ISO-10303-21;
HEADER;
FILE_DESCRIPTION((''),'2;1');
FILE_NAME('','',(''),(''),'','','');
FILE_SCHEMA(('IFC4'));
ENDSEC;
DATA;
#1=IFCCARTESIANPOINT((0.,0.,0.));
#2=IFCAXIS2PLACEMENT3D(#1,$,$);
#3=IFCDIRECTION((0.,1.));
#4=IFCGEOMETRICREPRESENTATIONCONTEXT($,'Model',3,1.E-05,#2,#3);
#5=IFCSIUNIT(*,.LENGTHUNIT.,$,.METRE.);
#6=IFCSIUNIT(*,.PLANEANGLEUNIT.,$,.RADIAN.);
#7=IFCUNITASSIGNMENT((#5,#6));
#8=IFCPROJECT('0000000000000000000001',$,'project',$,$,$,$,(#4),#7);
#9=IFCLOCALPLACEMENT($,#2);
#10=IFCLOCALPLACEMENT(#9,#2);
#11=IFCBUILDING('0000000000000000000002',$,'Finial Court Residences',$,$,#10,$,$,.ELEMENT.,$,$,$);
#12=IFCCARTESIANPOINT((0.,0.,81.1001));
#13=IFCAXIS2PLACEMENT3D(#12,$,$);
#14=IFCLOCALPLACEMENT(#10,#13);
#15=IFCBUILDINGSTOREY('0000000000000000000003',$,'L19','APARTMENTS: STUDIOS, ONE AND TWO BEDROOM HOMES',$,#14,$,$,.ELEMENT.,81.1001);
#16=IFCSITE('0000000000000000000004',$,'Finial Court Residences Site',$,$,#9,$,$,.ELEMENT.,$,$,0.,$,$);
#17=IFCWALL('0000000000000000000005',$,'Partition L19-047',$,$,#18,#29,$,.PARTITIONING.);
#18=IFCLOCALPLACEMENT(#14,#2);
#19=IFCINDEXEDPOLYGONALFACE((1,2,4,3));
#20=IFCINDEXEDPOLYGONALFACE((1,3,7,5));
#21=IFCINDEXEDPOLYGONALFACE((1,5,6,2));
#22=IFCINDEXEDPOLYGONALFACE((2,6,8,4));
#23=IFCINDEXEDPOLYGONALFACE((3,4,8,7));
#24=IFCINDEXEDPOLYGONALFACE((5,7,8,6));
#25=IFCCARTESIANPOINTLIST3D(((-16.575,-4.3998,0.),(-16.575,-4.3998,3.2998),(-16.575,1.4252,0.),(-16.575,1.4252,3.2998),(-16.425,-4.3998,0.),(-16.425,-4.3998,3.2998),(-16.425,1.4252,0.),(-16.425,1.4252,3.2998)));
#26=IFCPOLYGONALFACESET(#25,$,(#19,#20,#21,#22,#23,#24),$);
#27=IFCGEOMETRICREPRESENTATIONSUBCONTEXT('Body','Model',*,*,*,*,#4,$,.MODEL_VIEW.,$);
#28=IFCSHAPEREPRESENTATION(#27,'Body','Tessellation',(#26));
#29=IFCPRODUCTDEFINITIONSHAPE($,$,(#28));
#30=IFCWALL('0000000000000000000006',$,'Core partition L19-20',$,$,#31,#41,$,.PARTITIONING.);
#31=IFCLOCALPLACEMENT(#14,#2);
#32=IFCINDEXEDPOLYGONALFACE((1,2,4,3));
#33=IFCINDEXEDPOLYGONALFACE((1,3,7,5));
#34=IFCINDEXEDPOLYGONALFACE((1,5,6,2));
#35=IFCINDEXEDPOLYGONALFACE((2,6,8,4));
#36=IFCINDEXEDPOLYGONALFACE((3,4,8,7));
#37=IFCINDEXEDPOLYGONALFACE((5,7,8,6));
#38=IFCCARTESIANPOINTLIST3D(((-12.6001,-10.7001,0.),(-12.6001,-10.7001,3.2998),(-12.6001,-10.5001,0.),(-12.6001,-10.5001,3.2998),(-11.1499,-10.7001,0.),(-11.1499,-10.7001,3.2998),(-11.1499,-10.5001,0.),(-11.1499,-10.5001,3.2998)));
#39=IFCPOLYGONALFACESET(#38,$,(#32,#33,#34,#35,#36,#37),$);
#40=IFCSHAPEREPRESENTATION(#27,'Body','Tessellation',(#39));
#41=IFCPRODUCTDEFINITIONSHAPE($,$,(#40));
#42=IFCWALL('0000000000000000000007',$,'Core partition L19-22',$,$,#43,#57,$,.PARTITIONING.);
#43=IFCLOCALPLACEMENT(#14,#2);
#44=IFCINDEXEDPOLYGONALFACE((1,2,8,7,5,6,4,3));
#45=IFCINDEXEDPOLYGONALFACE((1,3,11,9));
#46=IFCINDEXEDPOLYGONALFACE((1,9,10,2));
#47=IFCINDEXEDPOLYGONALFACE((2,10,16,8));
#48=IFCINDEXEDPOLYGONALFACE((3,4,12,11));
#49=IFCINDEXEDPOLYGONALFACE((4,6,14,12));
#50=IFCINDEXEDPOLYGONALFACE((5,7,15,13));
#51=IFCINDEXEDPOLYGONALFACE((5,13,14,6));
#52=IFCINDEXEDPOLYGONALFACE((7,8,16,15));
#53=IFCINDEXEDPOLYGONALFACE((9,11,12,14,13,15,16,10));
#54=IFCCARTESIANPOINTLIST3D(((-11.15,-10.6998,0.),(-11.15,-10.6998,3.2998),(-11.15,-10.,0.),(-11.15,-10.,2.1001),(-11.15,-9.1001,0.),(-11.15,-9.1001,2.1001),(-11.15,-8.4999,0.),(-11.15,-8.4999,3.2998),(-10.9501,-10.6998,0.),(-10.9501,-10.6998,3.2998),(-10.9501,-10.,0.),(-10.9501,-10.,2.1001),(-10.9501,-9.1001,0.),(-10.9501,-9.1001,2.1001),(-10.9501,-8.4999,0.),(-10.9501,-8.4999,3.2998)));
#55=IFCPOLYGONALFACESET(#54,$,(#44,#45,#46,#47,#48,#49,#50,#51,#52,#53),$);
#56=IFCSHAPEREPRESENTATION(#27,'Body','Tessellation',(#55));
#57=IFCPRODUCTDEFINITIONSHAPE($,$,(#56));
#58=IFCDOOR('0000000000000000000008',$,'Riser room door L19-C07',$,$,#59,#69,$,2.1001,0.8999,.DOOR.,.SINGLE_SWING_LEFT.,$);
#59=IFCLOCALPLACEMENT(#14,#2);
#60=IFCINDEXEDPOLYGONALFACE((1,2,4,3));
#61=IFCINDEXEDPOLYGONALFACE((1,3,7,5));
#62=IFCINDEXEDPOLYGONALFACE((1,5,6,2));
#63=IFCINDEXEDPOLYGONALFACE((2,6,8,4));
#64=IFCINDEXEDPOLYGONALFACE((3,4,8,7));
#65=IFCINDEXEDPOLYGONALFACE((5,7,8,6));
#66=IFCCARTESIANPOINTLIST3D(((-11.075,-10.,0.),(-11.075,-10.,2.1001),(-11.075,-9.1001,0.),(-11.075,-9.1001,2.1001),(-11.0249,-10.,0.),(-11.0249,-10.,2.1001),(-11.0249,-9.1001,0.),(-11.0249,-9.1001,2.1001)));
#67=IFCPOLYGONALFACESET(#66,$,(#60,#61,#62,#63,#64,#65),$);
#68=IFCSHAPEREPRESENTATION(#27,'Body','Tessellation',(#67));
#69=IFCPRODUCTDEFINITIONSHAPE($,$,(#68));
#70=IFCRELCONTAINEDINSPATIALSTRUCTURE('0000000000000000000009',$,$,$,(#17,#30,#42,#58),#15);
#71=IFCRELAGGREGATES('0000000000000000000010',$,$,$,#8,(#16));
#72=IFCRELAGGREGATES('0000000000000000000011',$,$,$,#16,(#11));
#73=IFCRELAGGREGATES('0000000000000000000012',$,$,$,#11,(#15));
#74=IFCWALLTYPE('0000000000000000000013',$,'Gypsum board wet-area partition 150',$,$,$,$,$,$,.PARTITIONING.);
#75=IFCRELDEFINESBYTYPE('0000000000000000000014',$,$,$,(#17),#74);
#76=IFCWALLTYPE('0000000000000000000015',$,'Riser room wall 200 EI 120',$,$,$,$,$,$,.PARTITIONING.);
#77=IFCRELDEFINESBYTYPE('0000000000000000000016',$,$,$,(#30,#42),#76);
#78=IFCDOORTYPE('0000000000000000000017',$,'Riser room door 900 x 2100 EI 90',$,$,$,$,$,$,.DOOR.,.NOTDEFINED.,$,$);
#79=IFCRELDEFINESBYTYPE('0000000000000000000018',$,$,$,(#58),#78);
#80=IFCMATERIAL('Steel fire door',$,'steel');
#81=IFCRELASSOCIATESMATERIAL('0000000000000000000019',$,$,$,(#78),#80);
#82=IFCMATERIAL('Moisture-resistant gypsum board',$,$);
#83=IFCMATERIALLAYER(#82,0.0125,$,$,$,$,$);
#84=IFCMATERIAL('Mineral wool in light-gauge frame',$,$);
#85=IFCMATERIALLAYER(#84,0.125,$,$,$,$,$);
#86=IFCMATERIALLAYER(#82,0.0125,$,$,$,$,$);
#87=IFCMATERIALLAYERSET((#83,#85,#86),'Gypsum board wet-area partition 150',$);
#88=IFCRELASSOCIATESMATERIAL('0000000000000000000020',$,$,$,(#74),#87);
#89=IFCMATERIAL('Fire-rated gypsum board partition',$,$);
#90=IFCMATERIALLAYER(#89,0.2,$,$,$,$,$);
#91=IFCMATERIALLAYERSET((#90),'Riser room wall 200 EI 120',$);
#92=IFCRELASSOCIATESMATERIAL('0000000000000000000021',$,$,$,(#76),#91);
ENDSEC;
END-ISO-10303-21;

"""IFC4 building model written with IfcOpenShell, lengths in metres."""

from ifc_helpers import new_model, si_unit, direction, frame, frame_2d, origin, place, context, subcontext, project, spatial, rectangle, extrude, material, layer, layer_set, type_object, element, fill, save


model = new_model("IFC4")

# Units and contexts
model_context = context("Model", 3, precision=1e-05, world=origin(), true_north=direction((0.0, 1.0)))
body_context = subcontext(model_context, "Body", "Model", "MODEL_VIEW")
ifc_project = project(units=[si_unit("LENGTHUNIT", "METRE"), si_unit("PLANEANGLEUNIT", "RADIAN")], contexts=[model_context])

# Site, building, storey
site_placement = place(None, origin())
site = spatial("IfcSite", under=ifc_project, at=site_placement, Name="Finial Court Residences Site", CompositionType="ELEMENT", RefElevation=0.0)
building_placement = place(site_placement, origin())
building = spatial("IfcBuilding", under=site, at=building_placement, Name="Finial Court Residences", CompositionType="ELEMENT")
storey_placement = place(building_placement, frame((0.0, 0.0, 81.1001)))
storey = spatial("IfcBuildingStorey", under=building, at=storey_placement, Name="L19", Description="APARTMENTS: STUDIOS, ONE AND TWO BEDROOM HOMES", CompositionType="ELEMENT", Elevation=81.1001)

# Shared definitions
ifc_material_1 = material(Name="Steel fire door", Category="steel")
door_type_1 = type_object("IfcDoorType", Name="Riser room door 900 x 2100 EI 90", OperationType="NOTDEFINED", PredefinedType="DOOR", material=ifc_material_1)

# Shared definitions
ifc_material_2 = material(Name="Mineral wool in light-gauge frame")

# Shared definitions
ifc_material_3 = material(Name="Moisture-resistant gypsum board")
ifc_layer_1 = layer(ifc_material_3, 0.0125)
ifc_layer_2 = layer(ifc_material_2, 0.125)
ifc_layer_3 = layer(ifc_material_3, 0.0125)
ifc_layer_set_1 = layer_set([ifc_layer_1, ifc_layer_2, ifc_layer_3], Name="Gypsum board wet-area partition 150")
wall_type_1 = type_object("IfcWallType", Name="Gypsum board wet-area partition 150", PredefinedType="PARTITIONING", material=ifc_layer_set_1)

# Walls
wall_1_placement = place(storey_placement, frame((-16.5, -4.3999, 0.0), z_axis=(0.0, 0.0, 1.0), x_axis=(0.0, 1.0, 0.0)))
element("IfcWall", 1, at=wall_1_placement, inside=storey, type_object=wall_type_1, Name="Partition L19-047", PredefinedType="PARTITIONING", context=body_context, shape_type="SweptSolid", body=[
    extrude(rectangle(XDim=5.825, YDim=0.1499, at=frame_2d((2.9126, 0.0))), origin(), (0.0, 0.0, 1.0), 3.2998),
])
ifc_material_4 = material(Name="Fire-rated gypsum board partition")
ifc_layer_4 = layer(ifc_material_4, 0.2)
ifc_layer_set_2 = layer_set([ifc_layer_4], Name="Riser room wall 200 EI 120")
wall_type_2 = type_object("IfcWallType", Name="Riser room wall 200 EI 120", PredefinedType="PARTITIONING", material=ifc_layer_set_2)
wall_2_placement = place(storey_placement, frame((-12.6001, -10.6001, 0.0), z_axis=(0.0, 0.0, 1.0), x_axis=(1.0, 0.0, 0.0)))
element("IfcWall", 2, at=wall_2_placement, inside=storey, type_object=wall_type_2, Name="Core partition L19-20", PredefinedType="PARTITIONING", context=body_context, shape_type="SweptSolid", body=[
    extrude(rectangle(XDim=1.4502, YDim=0.2, at=frame_2d((0.7251, 0.0))), origin(), (0.0, 0.0, 1.0), 3.2998),
])

# Wall, opening, door
wall_3_placement = place(storey_placement, frame((-11.05, -10.7, 0.0), z_axis=(0.0, 0.0, 1.0), x_axis=(0.0, 1.0, 0.0)))
wall_3 = element("IfcWall", 3, at=wall_3_placement, inside=storey, type_object=wall_type_2, Name="Core partition L19-22", PredefinedType="PARTITIONING", context=body_context, shape_type="SweptSolid", body=[
    extrude(rectangle(XDim=2.2, YDim=0.2, at=frame_2d((1.1001, 0.0))), origin(), (0.0, 0.0, 1.0), 3.2998),
])
opening_1_placement = place(wall_3_placement, frame((0.7, 0.0, 0.0)))
opening_1 = element("IfcOpeningElement", 4, at=opening_1_placement, cuts=wall_3, PredefinedType="OPENING", context=body_context, shape_type="SweptSolid", body=[
    extrude(rectangle(XDim=0.8999, YDim=2.1001, at=frame_2d((0.45, 1.05))), frame((0.0, 0.1099, 0.0), z_axis=(0.0, -1.0, 0.0), x_axis=(1.0, 0.0, 0.0)), (0.0, 0.0, 1.0), 0.22),
])
door_1_placement = place(opening_1_placement, origin())
door_1 = element("IfcDoor", 5, at=door_1_placement, inside=storey, type_object=door_type_1, Name="Riser room door L19-C07", OperationType="SINGLE_SWING_LEFT", OverallHeight=2.1001, OverallWidth=0.8999, PredefinedType="DOOR", context=body_context, shape_type="SweptSolid", body=[
    extrude(rectangle(XDim=0.8999, YDim=2.1001, at=frame_2d((0.45, 1.05))), frame((0.0, 0.0249, 0.0), z_axis=(0.0, -1.0, 0.0), x_axis=(1.0, 0.0, 0.0)), (0.0, 0.0, 1.0), 0.05),
])
fill(opening_1, door_1)

save(model, "model.ifc")
